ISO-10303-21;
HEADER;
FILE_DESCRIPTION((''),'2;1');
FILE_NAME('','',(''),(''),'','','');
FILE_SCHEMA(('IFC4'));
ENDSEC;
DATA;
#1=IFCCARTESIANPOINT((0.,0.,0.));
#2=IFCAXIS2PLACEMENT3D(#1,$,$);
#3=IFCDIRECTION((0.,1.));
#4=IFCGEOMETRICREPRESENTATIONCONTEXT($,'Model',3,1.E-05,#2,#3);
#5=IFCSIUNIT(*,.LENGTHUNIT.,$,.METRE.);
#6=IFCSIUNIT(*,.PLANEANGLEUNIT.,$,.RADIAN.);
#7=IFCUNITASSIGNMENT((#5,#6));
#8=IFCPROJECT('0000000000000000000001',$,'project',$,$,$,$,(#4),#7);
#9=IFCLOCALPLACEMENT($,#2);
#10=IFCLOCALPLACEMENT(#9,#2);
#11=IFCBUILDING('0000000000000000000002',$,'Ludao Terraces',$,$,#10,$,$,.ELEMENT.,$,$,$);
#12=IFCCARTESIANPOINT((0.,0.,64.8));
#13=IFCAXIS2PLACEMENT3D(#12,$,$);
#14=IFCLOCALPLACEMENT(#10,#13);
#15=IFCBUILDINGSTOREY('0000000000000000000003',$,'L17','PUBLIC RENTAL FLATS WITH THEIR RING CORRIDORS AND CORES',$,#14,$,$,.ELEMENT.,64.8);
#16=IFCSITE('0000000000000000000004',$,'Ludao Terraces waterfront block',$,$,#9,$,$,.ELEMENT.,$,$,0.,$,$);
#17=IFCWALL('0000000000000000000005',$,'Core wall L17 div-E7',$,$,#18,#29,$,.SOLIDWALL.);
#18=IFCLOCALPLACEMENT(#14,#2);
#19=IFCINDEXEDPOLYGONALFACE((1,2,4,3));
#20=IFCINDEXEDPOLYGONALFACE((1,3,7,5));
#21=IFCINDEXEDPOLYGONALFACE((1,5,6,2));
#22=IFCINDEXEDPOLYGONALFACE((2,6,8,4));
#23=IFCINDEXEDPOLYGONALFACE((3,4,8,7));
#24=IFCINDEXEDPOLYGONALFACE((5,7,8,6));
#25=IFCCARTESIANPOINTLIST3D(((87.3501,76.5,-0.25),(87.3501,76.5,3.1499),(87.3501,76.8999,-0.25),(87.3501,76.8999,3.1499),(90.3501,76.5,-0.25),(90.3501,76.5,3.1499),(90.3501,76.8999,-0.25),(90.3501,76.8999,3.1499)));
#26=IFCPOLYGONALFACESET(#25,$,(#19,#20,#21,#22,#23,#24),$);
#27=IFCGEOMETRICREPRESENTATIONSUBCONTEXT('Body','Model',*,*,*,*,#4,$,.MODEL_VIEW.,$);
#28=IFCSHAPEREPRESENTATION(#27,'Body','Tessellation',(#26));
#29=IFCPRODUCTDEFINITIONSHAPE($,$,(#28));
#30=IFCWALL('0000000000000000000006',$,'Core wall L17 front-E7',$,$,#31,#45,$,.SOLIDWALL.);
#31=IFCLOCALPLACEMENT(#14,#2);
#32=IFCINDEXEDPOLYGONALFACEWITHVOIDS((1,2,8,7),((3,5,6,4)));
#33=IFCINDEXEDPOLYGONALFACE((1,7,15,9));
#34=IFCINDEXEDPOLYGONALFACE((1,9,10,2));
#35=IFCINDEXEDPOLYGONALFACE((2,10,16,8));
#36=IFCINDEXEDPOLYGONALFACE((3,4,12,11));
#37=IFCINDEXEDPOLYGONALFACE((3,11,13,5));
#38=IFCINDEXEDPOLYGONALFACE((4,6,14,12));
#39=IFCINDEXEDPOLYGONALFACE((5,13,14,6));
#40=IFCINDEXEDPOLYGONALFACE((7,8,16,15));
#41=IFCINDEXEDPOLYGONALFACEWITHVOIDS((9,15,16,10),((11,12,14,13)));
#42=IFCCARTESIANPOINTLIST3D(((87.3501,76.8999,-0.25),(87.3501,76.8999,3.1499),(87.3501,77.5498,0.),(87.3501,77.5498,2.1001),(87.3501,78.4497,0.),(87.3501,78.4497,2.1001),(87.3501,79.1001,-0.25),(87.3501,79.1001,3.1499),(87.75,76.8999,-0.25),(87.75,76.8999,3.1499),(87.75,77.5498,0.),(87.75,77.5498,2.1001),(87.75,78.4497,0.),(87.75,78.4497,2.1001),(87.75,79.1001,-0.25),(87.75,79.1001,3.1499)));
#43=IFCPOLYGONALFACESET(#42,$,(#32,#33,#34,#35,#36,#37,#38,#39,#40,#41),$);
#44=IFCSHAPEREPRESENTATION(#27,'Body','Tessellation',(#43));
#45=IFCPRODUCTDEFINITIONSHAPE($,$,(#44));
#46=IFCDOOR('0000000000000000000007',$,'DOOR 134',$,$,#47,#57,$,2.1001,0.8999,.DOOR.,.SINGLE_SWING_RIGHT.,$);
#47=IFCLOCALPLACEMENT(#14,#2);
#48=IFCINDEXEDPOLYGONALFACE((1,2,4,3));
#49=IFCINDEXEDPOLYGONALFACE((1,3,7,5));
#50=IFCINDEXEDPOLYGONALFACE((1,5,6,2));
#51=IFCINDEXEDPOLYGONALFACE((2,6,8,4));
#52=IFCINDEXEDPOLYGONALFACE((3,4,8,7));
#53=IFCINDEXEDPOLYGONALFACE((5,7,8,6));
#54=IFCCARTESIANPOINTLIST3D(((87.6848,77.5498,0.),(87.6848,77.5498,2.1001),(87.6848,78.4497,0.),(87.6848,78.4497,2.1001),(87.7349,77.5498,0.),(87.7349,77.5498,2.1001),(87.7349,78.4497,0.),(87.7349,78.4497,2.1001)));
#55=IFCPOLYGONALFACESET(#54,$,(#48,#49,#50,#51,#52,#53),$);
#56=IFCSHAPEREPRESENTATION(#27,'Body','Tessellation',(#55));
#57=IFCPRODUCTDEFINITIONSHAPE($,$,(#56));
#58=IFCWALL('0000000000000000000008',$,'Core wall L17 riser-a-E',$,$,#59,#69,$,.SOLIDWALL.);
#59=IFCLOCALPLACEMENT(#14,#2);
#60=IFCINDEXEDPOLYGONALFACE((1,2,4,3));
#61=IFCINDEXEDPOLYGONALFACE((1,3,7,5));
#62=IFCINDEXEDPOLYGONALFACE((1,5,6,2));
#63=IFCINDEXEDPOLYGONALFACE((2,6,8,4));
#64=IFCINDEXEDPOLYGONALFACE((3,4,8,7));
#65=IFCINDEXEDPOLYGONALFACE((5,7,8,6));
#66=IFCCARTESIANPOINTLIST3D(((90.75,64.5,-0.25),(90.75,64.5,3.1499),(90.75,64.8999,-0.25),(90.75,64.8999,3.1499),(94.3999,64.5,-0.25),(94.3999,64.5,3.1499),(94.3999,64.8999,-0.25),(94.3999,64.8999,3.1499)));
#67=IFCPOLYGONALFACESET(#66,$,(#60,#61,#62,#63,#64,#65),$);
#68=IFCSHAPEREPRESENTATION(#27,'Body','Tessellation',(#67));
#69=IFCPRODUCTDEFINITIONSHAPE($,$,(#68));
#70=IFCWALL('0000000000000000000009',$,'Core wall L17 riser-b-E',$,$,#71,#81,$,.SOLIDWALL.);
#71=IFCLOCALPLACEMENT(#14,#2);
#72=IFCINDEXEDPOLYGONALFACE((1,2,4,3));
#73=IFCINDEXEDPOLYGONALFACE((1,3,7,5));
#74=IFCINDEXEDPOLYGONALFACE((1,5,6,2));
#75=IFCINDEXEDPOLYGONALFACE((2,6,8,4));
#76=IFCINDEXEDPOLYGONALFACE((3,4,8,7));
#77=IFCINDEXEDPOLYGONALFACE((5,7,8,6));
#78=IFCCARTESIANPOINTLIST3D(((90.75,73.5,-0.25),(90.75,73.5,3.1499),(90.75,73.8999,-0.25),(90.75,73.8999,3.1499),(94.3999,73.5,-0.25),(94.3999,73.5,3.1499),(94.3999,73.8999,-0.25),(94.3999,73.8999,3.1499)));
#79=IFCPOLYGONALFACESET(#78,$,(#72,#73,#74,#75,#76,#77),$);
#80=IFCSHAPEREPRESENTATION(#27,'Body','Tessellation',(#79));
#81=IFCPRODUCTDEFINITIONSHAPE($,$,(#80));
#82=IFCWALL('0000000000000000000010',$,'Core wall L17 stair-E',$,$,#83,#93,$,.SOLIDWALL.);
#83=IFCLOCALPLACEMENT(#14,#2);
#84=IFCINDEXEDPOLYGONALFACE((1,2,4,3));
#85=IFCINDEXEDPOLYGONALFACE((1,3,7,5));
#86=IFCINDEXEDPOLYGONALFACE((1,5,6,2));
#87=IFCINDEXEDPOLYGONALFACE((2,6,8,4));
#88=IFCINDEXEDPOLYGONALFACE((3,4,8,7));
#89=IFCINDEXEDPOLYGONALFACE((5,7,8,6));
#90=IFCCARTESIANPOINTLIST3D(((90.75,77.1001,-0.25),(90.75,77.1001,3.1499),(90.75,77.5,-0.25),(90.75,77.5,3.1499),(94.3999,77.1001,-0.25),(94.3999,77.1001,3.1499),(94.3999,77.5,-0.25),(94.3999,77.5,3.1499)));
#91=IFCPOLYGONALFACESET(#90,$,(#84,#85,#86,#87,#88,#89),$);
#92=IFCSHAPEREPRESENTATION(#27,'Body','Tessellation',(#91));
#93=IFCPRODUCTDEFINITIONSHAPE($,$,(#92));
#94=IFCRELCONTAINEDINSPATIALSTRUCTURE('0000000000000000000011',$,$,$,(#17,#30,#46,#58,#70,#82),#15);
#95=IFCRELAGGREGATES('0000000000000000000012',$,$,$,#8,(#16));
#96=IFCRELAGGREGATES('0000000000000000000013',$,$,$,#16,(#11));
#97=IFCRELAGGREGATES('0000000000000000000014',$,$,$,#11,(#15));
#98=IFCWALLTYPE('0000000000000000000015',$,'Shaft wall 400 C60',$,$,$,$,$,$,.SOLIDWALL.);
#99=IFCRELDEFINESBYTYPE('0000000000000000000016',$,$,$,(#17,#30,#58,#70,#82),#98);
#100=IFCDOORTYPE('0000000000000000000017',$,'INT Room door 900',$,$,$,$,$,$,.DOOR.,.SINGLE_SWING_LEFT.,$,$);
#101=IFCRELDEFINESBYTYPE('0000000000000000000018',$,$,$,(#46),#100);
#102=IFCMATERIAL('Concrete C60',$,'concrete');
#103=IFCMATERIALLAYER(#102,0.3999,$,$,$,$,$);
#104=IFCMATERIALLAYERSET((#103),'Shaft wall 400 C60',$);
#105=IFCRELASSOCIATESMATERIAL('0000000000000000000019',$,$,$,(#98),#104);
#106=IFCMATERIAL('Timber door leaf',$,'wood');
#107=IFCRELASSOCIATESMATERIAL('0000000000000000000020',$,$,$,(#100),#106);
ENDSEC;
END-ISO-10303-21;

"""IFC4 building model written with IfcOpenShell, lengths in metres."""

from ifc_helpers import new_model, si_unit, direction, frame, frame_2d, origin, place, context, subcontext, project, spatial, rectangle, extrude, material, layer, layer_set, type_object, element, fill, save


model = new_model("IFC4")

# Units and contexts
model_context = context("Model", 3, precision=1e-05, world=origin(), true_north=direction((0.0, 1.0)))
body_context = subcontext(model_context, "Body", "Model", "MODEL_VIEW")
ifc_project = project(units=[si_unit("LENGTHUNIT", "METRE"), si_unit("PLANEANGLEUNIT", "RADIAN")], contexts=[model_context])

# Site, building, storey
site_placement = place(None, origin())
site = spatial("IfcSite", under=ifc_project, at=site_placement, Name="Ludao Terraces waterfront block", CompositionType="ELEMENT", RefElevation=0.0)
building_placement = place(site_placement, origin())
building = spatial("IfcBuilding", under=site, at=building_placement, Name="Ludao Terraces", CompositionType="ELEMENT")
storey_placement = place(building_placement, frame((0.0, 0.0, 64.8)))
storey = spatial("IfcBuildingStorey", under=building, at=storey_placement, Name="L17", Description="PUBLIC RENTAL FLATS WITH THEIR RING CORRIDORS AND CORES", CompositionType="ELEMENT", Elevation=64.8)

# Shared definitions
ifc_material_1 = material(Name="Concrete C60", Category="concrete")
ifc_layer_1 = layer(ifc_material_1, 0.3999)
ifc_layer_set_1 = layer_set([ifc_layer_1], Name="Shaft wall 400 C60")
wall_type_1 = type_object("IfcWallType", Name="Shaft wall 400 C60", PredefinedType="SOLIDWALL", material=ifc_layer_set_1)

# Shared definitions
ifc_material_2 = material(Name="Timber door leaf", Category="wood")
door_type_1 = type_object("IfcDoorType", Name="INT Room door 900", OperationType="SINGLE_SWING_LEFT", PredefinedType="DOOR", material=ifc_material_2)

# Wall
wall_1_placement = place(storey_placement, frame((87.3501, 76.7, -0.25), z_axis=(0.0, 0.0, 1.0), x_axis=(1.0, 0.0, 0.0)))
element("IfcWall", 1, at=wall_1_placement, inside=storey, type_object=wall_type_1, Name="Core wall L17 div-E7", PredefinedType="SOLIDWALL", context=body_context, shape_type="SweptSolid", body=[
    extrude(rectangle(XDim=3.0, YDim=0.3999, at=frame_2d((1.5, 0.0))), origin(), (0.0, 0.0, 1.0), 3.3999),
])

# Wall, opening, door
wall_2_placement = place(storey_placement, frame((87.55, 76.8999, -0.25), z_axis=(0.0, 0.0, 1.0), x_axis=(0.0, 1.0, 0.0)))
wall_2 = element("IfcWall", 2, at=wall_2_placement, inside=storey, type_object=wall_type_1, Name="Core wall L17 front-E7", PredefinedType="SOLIDWALL", context=body_context, shape_type="SweptSolid", body=[
    extrude(rectangle(XDim=2.2002, YDim=0.3999, at=frame_2d((1.1001, 0.0))), origin(), (0.0, 0.0, 1.0), 3.3999),
])
opening_1_placement = place(wall_2_placement, frame((0.6499, 0.0, 0.25)))
opening_1 = element("IfcOpeningElement", 3, at=opening_1_placement, cuts=wall_2, PredefinedType="OPENING", context=body_context, shape_type="SweptSolid", body=[
    extrude(rectangle(XDim=0.8999, YDim=2.1001, at=frame_2d((0.45, 1.05))), frame((0.0, 0.21, 0.0), z_axis=(0.0, -1.0, 0.0), x_axis=(1.0, 0.0, 0.0)), (0.0, 0.0, 1.0), 0.4199),
])
door_1_placement = place(opening_1_placement, origin())
door_1 = element("IfcDoor", 4, at=door_1_placement, inside=storey, type_object=door_type_1, Name="DOOR 134", OperationType="SINGLE_SWING_RIGHT", OverallHeight=2.1001, OverallWidth=0.8999, PredefinedType="DOOR", context=body_context, shape_type="SweptSolid", body=[
    extrude(rectangle(XDim=0.8999, YDim=2.1001, at=frame_2d((0.45, 1.05))), frame((0.0, -0.1348, 0.0), z_axis=(0.0, -1.0, 0.0), x_axis=(1.0, 0.0, 0.0)), (0.0, 0.0, 1.0), 0.05),
])
fill(opening_1, door_1)

# Walls
for number, where, z_axis, x_axis, name in (
    (5, (90.75, 64.7, -0.25), (0.0, 0.0, 1.0), (1.0, 0.0, 0.0), "Core wall L17 riser-a-E"),
    (6, (90.75, 73.7, -0.25), (0.0, 0.0, 1.0), (1.0, 0.0, 0.0), "Core wall L17 riser-b-E"),
    (7, (90.75, 77.3, -0.25), (0.0, 0.0, 1.0), (1.0, 0.0, 0.0), "Core wall L17 stair-E"),
):
    element("IfcWall", number, at=place(storey_placement, frame(where, z_axis=z_axis, x_axis=x_axis)), inside=storey, type_object=wall_type_1, Name=name, PredefinedType="SOLIDWALL", context=body_context, shape_type="SweptSolid", body=[
        extrude(rectangle(XDim=3.6499, YDim=0.3999, at=frame_2d((1.825, 0.0))), origin(), (0.0, 0.0, 1.0), 3.3999),
    ])

save(model, "model.ifc")
